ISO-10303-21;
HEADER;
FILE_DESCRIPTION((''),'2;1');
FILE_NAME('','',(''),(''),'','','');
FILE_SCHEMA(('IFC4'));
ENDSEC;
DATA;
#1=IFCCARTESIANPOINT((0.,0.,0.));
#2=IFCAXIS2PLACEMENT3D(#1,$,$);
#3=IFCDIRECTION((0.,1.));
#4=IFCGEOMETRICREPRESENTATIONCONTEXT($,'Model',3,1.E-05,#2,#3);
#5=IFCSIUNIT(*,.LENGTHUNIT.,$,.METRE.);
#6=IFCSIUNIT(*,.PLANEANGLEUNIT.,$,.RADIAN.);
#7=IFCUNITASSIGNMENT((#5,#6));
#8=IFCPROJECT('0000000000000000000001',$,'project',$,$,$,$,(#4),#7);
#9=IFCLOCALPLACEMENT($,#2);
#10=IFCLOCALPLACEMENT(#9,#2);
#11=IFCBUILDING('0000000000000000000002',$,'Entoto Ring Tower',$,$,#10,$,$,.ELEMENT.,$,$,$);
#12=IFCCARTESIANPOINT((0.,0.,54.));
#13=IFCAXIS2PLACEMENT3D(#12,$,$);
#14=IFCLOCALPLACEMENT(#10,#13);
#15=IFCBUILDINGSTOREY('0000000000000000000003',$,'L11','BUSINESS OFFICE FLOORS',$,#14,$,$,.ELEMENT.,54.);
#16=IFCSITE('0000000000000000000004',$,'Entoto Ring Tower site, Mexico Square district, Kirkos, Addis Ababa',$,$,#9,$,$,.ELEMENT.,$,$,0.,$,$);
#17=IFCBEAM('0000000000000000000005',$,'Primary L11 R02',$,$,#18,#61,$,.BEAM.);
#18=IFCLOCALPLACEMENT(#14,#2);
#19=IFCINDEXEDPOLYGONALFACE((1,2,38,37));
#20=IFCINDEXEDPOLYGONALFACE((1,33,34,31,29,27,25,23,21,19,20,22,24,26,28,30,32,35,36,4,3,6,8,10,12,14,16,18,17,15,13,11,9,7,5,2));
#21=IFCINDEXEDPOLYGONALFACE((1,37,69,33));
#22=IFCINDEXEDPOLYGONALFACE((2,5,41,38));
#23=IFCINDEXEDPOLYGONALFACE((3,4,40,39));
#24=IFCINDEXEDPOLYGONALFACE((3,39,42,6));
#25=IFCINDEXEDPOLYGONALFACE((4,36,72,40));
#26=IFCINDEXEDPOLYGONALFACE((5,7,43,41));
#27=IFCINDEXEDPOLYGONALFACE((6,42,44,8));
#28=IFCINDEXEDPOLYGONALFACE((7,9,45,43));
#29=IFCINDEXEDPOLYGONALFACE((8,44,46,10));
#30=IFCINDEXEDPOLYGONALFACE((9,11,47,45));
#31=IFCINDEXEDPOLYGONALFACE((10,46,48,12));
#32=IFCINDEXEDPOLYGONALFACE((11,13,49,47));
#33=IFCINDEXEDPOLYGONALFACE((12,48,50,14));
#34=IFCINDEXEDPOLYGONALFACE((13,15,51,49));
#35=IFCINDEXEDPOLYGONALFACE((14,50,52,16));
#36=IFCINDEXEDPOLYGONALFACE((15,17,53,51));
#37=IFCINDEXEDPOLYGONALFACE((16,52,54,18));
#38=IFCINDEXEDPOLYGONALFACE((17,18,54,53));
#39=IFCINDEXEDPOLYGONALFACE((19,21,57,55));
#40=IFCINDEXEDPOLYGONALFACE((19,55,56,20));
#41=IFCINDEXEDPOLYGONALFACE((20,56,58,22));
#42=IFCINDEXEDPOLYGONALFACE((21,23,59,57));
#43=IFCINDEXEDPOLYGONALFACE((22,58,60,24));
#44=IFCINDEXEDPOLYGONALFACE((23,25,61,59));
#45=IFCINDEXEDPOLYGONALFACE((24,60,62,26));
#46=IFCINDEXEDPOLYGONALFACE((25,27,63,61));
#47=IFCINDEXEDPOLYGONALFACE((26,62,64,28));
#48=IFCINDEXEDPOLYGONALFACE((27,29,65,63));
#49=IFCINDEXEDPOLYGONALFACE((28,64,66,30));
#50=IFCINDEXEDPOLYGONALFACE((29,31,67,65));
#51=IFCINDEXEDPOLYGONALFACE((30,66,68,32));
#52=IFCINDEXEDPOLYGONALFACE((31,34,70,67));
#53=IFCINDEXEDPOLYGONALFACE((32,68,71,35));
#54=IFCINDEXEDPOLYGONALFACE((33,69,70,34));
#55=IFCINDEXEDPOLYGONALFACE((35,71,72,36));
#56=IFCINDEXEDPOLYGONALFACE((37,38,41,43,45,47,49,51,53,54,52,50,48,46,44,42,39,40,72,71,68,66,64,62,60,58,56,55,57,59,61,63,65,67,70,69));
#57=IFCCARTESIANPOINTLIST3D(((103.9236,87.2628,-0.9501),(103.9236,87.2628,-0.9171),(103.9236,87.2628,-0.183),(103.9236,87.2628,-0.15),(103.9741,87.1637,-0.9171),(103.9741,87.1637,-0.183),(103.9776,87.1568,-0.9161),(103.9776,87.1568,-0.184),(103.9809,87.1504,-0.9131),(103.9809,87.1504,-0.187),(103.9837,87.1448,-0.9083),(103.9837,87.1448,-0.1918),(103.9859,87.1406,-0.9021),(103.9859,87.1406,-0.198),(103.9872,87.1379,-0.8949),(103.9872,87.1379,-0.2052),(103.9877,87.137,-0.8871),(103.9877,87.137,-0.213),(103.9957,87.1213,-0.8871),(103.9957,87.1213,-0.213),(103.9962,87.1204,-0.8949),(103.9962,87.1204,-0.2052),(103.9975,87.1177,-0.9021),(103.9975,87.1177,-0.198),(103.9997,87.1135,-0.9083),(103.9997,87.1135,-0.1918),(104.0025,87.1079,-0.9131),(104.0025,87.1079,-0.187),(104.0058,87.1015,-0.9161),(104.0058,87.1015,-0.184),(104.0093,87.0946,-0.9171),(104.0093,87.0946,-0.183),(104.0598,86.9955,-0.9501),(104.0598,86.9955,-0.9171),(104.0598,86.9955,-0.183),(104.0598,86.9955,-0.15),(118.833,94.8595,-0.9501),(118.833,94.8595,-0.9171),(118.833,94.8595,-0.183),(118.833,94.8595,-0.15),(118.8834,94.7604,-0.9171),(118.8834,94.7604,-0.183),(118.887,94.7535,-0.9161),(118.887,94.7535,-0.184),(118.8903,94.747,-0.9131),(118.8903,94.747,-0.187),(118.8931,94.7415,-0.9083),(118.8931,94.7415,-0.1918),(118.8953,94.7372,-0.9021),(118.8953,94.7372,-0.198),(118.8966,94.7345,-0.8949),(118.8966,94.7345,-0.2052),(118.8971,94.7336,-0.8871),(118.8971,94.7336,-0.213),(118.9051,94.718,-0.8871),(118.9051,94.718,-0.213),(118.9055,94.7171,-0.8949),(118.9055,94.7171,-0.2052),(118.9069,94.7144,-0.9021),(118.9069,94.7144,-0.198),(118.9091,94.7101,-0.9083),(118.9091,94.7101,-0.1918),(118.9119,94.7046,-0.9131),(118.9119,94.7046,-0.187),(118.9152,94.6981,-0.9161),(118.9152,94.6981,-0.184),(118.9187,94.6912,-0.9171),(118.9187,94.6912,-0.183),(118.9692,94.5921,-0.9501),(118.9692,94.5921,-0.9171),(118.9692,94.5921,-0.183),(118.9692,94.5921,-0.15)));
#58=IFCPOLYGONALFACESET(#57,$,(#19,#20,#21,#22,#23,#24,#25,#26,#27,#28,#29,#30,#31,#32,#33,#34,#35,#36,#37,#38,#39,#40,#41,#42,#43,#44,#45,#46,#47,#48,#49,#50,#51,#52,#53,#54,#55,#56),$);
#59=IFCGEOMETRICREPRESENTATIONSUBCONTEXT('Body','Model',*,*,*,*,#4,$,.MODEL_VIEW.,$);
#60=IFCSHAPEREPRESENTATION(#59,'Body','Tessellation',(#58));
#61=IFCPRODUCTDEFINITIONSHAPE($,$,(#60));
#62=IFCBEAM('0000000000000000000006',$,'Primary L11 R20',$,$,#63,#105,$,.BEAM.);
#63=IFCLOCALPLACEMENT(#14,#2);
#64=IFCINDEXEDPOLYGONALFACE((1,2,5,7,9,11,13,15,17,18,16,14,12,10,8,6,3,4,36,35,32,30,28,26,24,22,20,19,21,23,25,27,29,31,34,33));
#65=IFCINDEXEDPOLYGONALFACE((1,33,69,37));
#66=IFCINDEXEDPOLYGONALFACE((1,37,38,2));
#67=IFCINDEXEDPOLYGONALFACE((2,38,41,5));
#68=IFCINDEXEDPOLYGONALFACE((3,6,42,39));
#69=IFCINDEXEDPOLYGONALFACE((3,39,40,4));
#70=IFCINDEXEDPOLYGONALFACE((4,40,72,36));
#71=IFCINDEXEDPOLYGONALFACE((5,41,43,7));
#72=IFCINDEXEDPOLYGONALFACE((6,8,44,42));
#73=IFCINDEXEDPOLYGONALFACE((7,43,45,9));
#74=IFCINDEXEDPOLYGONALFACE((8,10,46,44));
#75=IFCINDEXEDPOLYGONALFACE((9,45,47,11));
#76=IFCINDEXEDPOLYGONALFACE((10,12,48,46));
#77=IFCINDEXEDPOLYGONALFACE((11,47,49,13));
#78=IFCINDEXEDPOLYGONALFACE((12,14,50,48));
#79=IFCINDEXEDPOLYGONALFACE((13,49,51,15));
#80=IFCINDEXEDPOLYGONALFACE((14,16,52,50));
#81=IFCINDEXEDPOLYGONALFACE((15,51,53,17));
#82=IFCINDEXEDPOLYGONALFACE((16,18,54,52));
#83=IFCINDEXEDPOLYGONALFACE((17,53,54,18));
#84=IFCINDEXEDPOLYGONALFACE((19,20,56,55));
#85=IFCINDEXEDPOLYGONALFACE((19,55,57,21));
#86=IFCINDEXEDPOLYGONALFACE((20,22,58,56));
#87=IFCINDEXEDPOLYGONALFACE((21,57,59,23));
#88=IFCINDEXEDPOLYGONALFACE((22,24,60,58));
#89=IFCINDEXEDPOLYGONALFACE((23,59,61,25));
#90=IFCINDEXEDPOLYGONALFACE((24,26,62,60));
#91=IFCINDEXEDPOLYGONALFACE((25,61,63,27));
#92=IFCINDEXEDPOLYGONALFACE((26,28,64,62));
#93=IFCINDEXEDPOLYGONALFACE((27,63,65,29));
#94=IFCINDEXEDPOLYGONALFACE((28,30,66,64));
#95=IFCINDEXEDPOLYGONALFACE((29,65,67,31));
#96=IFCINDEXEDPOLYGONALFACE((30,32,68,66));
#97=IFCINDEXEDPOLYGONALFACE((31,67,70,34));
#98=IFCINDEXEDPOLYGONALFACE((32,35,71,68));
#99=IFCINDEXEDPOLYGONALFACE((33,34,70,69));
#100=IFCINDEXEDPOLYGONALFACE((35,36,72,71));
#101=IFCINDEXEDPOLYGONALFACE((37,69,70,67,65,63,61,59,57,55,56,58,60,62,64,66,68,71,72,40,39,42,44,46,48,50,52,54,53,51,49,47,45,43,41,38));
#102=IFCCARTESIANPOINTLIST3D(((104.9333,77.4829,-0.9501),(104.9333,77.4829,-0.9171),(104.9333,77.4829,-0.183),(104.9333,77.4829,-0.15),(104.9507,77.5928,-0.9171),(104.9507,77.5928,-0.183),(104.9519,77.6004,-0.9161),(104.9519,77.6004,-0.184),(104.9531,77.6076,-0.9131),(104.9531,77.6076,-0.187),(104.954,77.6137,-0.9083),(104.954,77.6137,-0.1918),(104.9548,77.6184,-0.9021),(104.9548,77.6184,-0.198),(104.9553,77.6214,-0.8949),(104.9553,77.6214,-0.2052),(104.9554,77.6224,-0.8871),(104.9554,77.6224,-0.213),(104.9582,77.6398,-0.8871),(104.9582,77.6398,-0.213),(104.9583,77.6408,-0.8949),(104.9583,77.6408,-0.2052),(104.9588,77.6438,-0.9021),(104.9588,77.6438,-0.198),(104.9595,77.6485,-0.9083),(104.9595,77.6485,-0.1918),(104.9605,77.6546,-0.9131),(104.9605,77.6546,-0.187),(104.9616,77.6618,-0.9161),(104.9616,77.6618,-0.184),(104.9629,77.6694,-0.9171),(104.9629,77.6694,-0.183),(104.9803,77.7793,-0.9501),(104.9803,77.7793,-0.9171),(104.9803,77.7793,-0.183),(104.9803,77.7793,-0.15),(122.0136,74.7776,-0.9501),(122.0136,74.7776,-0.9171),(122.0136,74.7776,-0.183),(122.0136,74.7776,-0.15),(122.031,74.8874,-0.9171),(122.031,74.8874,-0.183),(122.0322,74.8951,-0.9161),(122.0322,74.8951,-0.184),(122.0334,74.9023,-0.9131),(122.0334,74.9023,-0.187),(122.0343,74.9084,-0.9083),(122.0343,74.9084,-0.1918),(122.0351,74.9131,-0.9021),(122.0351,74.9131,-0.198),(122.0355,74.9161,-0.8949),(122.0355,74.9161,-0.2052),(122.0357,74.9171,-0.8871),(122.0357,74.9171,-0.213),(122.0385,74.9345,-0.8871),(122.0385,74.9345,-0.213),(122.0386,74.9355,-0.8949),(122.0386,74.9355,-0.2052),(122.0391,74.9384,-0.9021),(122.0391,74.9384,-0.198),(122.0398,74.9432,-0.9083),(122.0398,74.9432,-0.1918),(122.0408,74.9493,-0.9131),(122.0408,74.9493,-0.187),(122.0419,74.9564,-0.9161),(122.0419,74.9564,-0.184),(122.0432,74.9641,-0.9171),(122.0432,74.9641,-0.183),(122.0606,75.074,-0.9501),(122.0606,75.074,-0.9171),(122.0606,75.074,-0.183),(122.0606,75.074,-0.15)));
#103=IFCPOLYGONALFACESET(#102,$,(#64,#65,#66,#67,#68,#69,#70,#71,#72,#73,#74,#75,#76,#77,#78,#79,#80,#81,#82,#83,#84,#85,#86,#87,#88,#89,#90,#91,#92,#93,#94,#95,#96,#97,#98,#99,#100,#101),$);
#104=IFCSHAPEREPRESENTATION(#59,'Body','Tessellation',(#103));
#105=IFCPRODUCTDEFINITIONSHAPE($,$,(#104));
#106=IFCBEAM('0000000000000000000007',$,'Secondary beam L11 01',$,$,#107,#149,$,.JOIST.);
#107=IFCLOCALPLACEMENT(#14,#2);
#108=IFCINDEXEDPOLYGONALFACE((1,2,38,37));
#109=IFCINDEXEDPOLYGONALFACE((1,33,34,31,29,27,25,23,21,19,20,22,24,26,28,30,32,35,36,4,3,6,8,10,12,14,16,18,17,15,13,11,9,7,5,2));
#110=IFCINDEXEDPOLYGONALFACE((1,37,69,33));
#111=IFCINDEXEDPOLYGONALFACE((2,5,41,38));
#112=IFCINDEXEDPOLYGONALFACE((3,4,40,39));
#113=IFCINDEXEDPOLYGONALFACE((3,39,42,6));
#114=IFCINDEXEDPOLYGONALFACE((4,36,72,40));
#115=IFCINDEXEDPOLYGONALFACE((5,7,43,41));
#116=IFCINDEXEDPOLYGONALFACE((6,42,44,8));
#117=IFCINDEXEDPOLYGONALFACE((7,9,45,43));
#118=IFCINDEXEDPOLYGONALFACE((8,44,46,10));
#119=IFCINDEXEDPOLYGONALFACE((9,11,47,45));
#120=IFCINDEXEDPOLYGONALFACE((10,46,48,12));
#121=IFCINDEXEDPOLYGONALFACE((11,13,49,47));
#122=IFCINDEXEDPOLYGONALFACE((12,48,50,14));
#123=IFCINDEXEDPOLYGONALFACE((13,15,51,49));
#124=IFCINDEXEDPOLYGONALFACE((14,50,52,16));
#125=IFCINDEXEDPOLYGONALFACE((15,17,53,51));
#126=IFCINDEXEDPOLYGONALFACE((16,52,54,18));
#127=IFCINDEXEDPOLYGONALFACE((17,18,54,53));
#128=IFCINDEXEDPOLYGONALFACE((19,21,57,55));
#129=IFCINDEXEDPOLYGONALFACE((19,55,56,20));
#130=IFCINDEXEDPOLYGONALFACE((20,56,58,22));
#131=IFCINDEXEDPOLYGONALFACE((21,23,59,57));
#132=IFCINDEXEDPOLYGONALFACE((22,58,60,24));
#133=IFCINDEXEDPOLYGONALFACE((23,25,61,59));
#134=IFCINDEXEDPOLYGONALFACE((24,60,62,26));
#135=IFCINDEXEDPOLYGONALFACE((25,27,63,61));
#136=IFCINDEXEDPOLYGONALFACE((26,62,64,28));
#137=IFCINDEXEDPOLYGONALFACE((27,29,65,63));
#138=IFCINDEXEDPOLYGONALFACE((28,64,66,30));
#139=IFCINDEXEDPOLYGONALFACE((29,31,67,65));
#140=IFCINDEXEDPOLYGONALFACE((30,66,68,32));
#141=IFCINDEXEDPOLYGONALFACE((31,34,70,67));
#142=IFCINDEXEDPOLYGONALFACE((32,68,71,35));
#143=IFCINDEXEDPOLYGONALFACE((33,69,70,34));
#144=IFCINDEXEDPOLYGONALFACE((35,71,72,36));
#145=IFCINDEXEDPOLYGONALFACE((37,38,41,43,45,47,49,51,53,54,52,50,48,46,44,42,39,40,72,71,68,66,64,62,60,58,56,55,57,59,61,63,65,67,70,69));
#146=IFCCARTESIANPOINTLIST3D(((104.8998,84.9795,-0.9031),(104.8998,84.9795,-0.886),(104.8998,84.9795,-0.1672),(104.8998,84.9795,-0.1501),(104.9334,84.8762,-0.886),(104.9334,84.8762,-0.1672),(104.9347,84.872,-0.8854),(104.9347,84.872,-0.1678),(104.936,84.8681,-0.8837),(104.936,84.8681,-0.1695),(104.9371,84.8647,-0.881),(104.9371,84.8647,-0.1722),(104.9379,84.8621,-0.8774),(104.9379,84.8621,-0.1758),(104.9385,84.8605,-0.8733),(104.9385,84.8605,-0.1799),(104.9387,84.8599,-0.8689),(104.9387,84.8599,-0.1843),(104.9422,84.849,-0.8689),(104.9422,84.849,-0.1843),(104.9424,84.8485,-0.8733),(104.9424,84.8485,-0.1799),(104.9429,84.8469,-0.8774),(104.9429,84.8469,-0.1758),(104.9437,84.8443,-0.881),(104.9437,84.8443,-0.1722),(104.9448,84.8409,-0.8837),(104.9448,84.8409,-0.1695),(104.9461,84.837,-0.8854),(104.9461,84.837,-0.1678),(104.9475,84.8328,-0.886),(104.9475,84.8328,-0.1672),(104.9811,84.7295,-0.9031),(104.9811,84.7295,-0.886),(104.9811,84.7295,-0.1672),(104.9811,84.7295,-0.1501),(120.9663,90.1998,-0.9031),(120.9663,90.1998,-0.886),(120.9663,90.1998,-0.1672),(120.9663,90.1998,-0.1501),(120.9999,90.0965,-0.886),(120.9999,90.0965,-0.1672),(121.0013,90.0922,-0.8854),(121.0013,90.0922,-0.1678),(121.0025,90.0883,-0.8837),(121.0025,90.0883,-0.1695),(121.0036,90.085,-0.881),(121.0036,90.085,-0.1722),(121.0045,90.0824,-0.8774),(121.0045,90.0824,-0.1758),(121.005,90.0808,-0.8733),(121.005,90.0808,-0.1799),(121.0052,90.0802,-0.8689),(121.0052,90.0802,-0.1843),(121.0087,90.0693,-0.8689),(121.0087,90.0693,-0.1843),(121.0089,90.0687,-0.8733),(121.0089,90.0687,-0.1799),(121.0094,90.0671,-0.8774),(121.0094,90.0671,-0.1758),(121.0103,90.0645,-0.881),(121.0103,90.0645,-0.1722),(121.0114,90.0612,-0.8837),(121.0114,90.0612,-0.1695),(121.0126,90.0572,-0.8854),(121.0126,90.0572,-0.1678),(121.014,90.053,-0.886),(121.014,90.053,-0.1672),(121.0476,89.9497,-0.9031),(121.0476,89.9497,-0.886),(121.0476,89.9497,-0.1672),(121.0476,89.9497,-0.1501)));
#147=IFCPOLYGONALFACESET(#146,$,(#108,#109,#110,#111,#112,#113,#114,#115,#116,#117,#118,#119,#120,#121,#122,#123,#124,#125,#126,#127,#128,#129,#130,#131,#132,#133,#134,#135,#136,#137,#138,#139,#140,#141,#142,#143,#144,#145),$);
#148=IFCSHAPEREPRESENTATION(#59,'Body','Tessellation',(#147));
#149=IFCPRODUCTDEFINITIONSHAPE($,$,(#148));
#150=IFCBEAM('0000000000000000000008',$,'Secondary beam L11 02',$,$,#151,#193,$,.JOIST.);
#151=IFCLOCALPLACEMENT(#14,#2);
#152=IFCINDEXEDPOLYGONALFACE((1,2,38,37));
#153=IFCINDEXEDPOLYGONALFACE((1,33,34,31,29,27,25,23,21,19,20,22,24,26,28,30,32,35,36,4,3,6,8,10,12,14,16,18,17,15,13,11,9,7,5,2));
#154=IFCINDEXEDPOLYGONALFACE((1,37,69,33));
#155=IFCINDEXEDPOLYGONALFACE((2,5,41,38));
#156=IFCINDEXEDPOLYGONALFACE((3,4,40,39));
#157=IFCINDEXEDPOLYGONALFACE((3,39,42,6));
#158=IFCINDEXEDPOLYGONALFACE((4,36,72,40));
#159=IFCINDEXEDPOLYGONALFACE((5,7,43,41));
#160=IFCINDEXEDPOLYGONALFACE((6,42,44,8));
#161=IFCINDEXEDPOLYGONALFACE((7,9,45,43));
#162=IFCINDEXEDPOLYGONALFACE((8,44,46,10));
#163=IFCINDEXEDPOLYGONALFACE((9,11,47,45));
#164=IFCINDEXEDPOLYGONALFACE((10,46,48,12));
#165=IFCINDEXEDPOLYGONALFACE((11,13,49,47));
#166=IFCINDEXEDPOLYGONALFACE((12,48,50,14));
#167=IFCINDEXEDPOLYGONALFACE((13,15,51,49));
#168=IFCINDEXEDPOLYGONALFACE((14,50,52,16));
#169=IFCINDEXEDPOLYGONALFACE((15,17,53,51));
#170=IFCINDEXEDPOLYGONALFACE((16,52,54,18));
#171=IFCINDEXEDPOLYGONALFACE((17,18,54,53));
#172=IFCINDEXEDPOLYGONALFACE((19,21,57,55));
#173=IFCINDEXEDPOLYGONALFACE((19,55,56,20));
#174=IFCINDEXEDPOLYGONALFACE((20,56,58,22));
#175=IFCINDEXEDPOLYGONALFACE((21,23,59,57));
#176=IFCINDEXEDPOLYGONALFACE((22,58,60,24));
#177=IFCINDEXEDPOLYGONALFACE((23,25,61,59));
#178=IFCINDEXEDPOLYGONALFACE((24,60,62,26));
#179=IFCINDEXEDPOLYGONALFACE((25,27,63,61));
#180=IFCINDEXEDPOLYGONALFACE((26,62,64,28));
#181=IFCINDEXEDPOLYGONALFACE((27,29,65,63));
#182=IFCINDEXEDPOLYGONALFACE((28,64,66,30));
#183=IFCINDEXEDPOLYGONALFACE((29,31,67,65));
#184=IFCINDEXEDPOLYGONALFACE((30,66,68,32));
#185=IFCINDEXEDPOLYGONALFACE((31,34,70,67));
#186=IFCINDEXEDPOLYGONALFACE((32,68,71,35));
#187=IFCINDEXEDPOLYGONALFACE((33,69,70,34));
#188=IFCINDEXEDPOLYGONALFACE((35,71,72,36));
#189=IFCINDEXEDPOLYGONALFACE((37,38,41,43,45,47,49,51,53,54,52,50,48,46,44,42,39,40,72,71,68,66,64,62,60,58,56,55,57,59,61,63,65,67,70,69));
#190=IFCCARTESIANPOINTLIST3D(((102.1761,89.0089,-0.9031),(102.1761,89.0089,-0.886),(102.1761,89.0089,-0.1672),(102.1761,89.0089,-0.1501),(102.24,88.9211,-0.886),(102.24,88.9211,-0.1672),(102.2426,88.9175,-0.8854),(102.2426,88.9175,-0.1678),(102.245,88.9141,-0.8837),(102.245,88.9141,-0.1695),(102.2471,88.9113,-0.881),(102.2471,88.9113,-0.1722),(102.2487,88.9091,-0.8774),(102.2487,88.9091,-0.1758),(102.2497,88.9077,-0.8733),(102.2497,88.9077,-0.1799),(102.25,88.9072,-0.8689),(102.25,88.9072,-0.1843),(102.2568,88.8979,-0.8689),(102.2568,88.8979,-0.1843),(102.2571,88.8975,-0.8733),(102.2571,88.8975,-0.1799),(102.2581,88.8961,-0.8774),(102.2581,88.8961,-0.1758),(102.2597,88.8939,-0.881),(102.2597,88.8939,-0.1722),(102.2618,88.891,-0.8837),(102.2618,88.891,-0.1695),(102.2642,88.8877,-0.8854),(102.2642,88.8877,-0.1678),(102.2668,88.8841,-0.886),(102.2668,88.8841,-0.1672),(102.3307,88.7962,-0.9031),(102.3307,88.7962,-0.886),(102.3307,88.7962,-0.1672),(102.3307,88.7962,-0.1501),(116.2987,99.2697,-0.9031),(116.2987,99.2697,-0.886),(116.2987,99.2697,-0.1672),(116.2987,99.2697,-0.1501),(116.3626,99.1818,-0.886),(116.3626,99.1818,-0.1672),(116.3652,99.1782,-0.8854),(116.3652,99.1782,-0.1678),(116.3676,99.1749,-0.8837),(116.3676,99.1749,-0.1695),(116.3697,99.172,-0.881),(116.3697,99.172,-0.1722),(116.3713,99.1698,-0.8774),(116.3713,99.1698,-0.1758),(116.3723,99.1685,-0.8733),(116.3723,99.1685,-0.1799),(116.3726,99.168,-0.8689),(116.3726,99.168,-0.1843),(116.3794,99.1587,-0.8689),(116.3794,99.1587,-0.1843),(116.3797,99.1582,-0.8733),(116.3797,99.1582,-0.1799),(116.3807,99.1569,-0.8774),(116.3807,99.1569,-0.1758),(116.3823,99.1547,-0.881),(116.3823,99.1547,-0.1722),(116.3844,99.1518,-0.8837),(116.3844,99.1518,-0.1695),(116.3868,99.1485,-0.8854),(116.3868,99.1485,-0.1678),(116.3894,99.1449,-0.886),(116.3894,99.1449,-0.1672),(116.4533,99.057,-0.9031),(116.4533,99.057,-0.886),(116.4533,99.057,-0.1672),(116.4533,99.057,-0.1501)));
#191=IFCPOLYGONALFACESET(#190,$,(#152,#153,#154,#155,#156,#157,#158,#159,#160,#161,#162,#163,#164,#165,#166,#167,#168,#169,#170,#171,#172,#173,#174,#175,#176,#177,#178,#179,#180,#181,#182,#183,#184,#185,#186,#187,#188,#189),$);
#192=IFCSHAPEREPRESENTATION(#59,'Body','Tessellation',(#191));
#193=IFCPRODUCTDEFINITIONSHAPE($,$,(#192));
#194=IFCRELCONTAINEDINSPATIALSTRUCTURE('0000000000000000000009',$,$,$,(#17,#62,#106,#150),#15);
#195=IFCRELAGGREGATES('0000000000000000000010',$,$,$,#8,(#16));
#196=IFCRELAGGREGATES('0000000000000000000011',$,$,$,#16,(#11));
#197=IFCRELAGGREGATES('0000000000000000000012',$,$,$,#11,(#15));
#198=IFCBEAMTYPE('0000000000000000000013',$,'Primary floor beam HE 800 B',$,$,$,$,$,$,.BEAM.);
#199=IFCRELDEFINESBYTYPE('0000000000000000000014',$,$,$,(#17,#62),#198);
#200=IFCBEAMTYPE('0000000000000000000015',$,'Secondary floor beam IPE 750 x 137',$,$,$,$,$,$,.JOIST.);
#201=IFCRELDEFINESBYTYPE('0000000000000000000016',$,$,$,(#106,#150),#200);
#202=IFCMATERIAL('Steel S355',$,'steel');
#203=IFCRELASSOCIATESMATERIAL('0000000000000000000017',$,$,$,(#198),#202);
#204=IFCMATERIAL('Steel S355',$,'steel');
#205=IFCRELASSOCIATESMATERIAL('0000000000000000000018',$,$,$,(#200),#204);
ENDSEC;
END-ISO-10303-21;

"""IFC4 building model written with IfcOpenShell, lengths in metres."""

from ifc_helpers import new_model, si_unit, direction, frame, origin, origin_2d, place, context, subcontext, project, spatial, i_section, extrude, material, material_profile, profile_set, type_object, element, save


model = new_model("IFC4")

# Units and contexts
model_context = context("Model", 3, precision=1e-05, world=origin(), true_north=direction((0.0, 1.0)))
body_context = subcontext(model_context, "Body", "Model", "MODEL_VIEW")
ifc_project = project(units=[si_unit("LENGTHUNIT", "METRE"), si_unit("PLANEANGLEUNIT", "RADIAN")], contexts=[model_context])

# Site, building, storey
site_placement = place(None, origin())
site = spatial("IfcSite", under=ifc_project, at=site_placement, Name="Entoto Ring Tower site, Mexico Square district, Kirkos, Addis Ababa", CompositionType="ELEMENT", RefElevation=0.0)
building_placement = place(site_placement, origin())
building = spatial("IfcBuilding", under=site, at=building_placement, Name="Entoto Ring Tower", CompositionType="ELEMENT")
storey_placement = place(building_placement, frame((0.0, 0.0, 54.0)))
storey = spatial("IfcBuildingStorey", under=building, at=storey_placement, Name="L11", Description="BUSINESS OFFICE FLOORS", CompositionType="ELEMENT", Elevation=54.0)

# Beams
ifc_material_1 = material(Name="Steel S355", Category="steel")
ifc_material_profile_1 = material_profile(ifc_material_1, i_section(OverallWidth=0.3, OverallDepth=0.8, WebThickness=0.0176, FlangeThickness=0.033, FilletRadius=0.03, at=origin_2d()), Name="HE 800 B")
ifc_profile_set_1 = profile_set([ifc_material_profile_1], Name="Steel S355")
beam_type_1 = type_object("IfcBeamType", Name="Primary floor beam HE 800 B", PredefinedType="BEAM", material=ifc_profile_set_1)
beam_1_placement = place(storey_placement, frame((103.9917, 87.1292, -0.55), z_axis=(0.891008, 0.453988, 0.0), x_axis=(-0.453988, 0.891008, 0.0)))
element("IfcBeam", 1, at=beam_1_placement, inside=storey, type_object=beam_type_1, Name="Primary L11 R02", PredefinedType="BEAM", context=body_context, shape_type="SweptSolid", body=[
    extrude(i_section(OverallWidth=0.3, OverallDepth=0.8, WebThickness=0.0176, FlangeThickness=0.033, FilletRadius=0.03, at=origin_2d()), origin(), (0.0, 0.0, 1.0), 16.7332),
])
beam_2_placement = place(storey_placement, frame((104.9568, 77.6311, -0.55), z_axis=(0.987688, -0.156438, 0.0), x_axis=(0.156438, 0.987688, 0.0)))
element("IfcBeam", 2, at=beam_2_placement, inside=storey, type_object=beam_type_1, Name="Primary L11 R20", PredefinedType="BEAM", context=body_context, shape_type="SweptSolid", body=[
    extrude(i_section(OverallWidth=0.3, OverallDepth=0.8, WebThickness=0.0176, FlangeThickness=0.033, FilletRadius=0.03, at=origin_2d()), origin(), (0.0, 0.0, 1.0), 17.2932),
])
ifc_material_2 = material(Name="Steel S355", Category="steel")
ifc_material_profile_2 = material_profile(ifc_material_2, i_section(OverallWidth=0.2629, OverallDepth=0.7529, WebThickness=0.0115, FlangeThickness=0.0171, FilletRadius=0.0171, at=origin_2d()), Name="IPE 750 x 137")
ifc_profile_set_2 = profile_set([ifc_material_profile_2], Name="Steel S355")
beam_type_2 = type_object("IfcBeamType", Name="Secondary floor beam IPE 750 x 137", PredefinedType="JOIST", material=ifc_profile_set_2)
beam_3_placement = place(storey_placement, frame((104.9404, 84.8545, -0.5266), z_axis=(0.951058, 0.309013, 0.0), x_axis=(-0.309013, 0.951058, 0.0)))
element("IfcBeam", 3, at=beam_3_placement, inside=storey, type_object=beam_type_2, Name="Secondary beam L11 01", PredefinedType="JOIST", context=body_context, shape_type="SweptSolid", body=[
    extrude(i_section(OverallWidth=0.2629, OverallDepth=0.7529, WebThickness=0.0115, FlangeThickness=0.0171, FilletRadius=0.0171, at=origin_2d()), origin(), (0.0, 0.0, 1.0), 16.8933),
])
beam_4_placement = place(storey_placement, frame((102.2534, 88.9026, -0.5266), z_axis=(0.809014, 0.587789, 0.0), x_axis=(-0.587789, 0.809014, 0.0)))
element("IfcBeam", 4, at=beam_4_placement, inside=storey, type_object=beam_type_2, Name="Secondary beam L11 02", PredefinedType="JOIST", context=body_context, shape_type="SweptSolid", body=[
    extrude(i_section(OverallWidth=0.2629, OverallDepth=0.7529, WebThickness=0.0115, FlangeThickness=0.0171, FilletRadius=0.0171, at=origin_2d()), origin(), (0.0, 0.0, 1.0), 17.4565),
])

save(model, "model.ifc")
